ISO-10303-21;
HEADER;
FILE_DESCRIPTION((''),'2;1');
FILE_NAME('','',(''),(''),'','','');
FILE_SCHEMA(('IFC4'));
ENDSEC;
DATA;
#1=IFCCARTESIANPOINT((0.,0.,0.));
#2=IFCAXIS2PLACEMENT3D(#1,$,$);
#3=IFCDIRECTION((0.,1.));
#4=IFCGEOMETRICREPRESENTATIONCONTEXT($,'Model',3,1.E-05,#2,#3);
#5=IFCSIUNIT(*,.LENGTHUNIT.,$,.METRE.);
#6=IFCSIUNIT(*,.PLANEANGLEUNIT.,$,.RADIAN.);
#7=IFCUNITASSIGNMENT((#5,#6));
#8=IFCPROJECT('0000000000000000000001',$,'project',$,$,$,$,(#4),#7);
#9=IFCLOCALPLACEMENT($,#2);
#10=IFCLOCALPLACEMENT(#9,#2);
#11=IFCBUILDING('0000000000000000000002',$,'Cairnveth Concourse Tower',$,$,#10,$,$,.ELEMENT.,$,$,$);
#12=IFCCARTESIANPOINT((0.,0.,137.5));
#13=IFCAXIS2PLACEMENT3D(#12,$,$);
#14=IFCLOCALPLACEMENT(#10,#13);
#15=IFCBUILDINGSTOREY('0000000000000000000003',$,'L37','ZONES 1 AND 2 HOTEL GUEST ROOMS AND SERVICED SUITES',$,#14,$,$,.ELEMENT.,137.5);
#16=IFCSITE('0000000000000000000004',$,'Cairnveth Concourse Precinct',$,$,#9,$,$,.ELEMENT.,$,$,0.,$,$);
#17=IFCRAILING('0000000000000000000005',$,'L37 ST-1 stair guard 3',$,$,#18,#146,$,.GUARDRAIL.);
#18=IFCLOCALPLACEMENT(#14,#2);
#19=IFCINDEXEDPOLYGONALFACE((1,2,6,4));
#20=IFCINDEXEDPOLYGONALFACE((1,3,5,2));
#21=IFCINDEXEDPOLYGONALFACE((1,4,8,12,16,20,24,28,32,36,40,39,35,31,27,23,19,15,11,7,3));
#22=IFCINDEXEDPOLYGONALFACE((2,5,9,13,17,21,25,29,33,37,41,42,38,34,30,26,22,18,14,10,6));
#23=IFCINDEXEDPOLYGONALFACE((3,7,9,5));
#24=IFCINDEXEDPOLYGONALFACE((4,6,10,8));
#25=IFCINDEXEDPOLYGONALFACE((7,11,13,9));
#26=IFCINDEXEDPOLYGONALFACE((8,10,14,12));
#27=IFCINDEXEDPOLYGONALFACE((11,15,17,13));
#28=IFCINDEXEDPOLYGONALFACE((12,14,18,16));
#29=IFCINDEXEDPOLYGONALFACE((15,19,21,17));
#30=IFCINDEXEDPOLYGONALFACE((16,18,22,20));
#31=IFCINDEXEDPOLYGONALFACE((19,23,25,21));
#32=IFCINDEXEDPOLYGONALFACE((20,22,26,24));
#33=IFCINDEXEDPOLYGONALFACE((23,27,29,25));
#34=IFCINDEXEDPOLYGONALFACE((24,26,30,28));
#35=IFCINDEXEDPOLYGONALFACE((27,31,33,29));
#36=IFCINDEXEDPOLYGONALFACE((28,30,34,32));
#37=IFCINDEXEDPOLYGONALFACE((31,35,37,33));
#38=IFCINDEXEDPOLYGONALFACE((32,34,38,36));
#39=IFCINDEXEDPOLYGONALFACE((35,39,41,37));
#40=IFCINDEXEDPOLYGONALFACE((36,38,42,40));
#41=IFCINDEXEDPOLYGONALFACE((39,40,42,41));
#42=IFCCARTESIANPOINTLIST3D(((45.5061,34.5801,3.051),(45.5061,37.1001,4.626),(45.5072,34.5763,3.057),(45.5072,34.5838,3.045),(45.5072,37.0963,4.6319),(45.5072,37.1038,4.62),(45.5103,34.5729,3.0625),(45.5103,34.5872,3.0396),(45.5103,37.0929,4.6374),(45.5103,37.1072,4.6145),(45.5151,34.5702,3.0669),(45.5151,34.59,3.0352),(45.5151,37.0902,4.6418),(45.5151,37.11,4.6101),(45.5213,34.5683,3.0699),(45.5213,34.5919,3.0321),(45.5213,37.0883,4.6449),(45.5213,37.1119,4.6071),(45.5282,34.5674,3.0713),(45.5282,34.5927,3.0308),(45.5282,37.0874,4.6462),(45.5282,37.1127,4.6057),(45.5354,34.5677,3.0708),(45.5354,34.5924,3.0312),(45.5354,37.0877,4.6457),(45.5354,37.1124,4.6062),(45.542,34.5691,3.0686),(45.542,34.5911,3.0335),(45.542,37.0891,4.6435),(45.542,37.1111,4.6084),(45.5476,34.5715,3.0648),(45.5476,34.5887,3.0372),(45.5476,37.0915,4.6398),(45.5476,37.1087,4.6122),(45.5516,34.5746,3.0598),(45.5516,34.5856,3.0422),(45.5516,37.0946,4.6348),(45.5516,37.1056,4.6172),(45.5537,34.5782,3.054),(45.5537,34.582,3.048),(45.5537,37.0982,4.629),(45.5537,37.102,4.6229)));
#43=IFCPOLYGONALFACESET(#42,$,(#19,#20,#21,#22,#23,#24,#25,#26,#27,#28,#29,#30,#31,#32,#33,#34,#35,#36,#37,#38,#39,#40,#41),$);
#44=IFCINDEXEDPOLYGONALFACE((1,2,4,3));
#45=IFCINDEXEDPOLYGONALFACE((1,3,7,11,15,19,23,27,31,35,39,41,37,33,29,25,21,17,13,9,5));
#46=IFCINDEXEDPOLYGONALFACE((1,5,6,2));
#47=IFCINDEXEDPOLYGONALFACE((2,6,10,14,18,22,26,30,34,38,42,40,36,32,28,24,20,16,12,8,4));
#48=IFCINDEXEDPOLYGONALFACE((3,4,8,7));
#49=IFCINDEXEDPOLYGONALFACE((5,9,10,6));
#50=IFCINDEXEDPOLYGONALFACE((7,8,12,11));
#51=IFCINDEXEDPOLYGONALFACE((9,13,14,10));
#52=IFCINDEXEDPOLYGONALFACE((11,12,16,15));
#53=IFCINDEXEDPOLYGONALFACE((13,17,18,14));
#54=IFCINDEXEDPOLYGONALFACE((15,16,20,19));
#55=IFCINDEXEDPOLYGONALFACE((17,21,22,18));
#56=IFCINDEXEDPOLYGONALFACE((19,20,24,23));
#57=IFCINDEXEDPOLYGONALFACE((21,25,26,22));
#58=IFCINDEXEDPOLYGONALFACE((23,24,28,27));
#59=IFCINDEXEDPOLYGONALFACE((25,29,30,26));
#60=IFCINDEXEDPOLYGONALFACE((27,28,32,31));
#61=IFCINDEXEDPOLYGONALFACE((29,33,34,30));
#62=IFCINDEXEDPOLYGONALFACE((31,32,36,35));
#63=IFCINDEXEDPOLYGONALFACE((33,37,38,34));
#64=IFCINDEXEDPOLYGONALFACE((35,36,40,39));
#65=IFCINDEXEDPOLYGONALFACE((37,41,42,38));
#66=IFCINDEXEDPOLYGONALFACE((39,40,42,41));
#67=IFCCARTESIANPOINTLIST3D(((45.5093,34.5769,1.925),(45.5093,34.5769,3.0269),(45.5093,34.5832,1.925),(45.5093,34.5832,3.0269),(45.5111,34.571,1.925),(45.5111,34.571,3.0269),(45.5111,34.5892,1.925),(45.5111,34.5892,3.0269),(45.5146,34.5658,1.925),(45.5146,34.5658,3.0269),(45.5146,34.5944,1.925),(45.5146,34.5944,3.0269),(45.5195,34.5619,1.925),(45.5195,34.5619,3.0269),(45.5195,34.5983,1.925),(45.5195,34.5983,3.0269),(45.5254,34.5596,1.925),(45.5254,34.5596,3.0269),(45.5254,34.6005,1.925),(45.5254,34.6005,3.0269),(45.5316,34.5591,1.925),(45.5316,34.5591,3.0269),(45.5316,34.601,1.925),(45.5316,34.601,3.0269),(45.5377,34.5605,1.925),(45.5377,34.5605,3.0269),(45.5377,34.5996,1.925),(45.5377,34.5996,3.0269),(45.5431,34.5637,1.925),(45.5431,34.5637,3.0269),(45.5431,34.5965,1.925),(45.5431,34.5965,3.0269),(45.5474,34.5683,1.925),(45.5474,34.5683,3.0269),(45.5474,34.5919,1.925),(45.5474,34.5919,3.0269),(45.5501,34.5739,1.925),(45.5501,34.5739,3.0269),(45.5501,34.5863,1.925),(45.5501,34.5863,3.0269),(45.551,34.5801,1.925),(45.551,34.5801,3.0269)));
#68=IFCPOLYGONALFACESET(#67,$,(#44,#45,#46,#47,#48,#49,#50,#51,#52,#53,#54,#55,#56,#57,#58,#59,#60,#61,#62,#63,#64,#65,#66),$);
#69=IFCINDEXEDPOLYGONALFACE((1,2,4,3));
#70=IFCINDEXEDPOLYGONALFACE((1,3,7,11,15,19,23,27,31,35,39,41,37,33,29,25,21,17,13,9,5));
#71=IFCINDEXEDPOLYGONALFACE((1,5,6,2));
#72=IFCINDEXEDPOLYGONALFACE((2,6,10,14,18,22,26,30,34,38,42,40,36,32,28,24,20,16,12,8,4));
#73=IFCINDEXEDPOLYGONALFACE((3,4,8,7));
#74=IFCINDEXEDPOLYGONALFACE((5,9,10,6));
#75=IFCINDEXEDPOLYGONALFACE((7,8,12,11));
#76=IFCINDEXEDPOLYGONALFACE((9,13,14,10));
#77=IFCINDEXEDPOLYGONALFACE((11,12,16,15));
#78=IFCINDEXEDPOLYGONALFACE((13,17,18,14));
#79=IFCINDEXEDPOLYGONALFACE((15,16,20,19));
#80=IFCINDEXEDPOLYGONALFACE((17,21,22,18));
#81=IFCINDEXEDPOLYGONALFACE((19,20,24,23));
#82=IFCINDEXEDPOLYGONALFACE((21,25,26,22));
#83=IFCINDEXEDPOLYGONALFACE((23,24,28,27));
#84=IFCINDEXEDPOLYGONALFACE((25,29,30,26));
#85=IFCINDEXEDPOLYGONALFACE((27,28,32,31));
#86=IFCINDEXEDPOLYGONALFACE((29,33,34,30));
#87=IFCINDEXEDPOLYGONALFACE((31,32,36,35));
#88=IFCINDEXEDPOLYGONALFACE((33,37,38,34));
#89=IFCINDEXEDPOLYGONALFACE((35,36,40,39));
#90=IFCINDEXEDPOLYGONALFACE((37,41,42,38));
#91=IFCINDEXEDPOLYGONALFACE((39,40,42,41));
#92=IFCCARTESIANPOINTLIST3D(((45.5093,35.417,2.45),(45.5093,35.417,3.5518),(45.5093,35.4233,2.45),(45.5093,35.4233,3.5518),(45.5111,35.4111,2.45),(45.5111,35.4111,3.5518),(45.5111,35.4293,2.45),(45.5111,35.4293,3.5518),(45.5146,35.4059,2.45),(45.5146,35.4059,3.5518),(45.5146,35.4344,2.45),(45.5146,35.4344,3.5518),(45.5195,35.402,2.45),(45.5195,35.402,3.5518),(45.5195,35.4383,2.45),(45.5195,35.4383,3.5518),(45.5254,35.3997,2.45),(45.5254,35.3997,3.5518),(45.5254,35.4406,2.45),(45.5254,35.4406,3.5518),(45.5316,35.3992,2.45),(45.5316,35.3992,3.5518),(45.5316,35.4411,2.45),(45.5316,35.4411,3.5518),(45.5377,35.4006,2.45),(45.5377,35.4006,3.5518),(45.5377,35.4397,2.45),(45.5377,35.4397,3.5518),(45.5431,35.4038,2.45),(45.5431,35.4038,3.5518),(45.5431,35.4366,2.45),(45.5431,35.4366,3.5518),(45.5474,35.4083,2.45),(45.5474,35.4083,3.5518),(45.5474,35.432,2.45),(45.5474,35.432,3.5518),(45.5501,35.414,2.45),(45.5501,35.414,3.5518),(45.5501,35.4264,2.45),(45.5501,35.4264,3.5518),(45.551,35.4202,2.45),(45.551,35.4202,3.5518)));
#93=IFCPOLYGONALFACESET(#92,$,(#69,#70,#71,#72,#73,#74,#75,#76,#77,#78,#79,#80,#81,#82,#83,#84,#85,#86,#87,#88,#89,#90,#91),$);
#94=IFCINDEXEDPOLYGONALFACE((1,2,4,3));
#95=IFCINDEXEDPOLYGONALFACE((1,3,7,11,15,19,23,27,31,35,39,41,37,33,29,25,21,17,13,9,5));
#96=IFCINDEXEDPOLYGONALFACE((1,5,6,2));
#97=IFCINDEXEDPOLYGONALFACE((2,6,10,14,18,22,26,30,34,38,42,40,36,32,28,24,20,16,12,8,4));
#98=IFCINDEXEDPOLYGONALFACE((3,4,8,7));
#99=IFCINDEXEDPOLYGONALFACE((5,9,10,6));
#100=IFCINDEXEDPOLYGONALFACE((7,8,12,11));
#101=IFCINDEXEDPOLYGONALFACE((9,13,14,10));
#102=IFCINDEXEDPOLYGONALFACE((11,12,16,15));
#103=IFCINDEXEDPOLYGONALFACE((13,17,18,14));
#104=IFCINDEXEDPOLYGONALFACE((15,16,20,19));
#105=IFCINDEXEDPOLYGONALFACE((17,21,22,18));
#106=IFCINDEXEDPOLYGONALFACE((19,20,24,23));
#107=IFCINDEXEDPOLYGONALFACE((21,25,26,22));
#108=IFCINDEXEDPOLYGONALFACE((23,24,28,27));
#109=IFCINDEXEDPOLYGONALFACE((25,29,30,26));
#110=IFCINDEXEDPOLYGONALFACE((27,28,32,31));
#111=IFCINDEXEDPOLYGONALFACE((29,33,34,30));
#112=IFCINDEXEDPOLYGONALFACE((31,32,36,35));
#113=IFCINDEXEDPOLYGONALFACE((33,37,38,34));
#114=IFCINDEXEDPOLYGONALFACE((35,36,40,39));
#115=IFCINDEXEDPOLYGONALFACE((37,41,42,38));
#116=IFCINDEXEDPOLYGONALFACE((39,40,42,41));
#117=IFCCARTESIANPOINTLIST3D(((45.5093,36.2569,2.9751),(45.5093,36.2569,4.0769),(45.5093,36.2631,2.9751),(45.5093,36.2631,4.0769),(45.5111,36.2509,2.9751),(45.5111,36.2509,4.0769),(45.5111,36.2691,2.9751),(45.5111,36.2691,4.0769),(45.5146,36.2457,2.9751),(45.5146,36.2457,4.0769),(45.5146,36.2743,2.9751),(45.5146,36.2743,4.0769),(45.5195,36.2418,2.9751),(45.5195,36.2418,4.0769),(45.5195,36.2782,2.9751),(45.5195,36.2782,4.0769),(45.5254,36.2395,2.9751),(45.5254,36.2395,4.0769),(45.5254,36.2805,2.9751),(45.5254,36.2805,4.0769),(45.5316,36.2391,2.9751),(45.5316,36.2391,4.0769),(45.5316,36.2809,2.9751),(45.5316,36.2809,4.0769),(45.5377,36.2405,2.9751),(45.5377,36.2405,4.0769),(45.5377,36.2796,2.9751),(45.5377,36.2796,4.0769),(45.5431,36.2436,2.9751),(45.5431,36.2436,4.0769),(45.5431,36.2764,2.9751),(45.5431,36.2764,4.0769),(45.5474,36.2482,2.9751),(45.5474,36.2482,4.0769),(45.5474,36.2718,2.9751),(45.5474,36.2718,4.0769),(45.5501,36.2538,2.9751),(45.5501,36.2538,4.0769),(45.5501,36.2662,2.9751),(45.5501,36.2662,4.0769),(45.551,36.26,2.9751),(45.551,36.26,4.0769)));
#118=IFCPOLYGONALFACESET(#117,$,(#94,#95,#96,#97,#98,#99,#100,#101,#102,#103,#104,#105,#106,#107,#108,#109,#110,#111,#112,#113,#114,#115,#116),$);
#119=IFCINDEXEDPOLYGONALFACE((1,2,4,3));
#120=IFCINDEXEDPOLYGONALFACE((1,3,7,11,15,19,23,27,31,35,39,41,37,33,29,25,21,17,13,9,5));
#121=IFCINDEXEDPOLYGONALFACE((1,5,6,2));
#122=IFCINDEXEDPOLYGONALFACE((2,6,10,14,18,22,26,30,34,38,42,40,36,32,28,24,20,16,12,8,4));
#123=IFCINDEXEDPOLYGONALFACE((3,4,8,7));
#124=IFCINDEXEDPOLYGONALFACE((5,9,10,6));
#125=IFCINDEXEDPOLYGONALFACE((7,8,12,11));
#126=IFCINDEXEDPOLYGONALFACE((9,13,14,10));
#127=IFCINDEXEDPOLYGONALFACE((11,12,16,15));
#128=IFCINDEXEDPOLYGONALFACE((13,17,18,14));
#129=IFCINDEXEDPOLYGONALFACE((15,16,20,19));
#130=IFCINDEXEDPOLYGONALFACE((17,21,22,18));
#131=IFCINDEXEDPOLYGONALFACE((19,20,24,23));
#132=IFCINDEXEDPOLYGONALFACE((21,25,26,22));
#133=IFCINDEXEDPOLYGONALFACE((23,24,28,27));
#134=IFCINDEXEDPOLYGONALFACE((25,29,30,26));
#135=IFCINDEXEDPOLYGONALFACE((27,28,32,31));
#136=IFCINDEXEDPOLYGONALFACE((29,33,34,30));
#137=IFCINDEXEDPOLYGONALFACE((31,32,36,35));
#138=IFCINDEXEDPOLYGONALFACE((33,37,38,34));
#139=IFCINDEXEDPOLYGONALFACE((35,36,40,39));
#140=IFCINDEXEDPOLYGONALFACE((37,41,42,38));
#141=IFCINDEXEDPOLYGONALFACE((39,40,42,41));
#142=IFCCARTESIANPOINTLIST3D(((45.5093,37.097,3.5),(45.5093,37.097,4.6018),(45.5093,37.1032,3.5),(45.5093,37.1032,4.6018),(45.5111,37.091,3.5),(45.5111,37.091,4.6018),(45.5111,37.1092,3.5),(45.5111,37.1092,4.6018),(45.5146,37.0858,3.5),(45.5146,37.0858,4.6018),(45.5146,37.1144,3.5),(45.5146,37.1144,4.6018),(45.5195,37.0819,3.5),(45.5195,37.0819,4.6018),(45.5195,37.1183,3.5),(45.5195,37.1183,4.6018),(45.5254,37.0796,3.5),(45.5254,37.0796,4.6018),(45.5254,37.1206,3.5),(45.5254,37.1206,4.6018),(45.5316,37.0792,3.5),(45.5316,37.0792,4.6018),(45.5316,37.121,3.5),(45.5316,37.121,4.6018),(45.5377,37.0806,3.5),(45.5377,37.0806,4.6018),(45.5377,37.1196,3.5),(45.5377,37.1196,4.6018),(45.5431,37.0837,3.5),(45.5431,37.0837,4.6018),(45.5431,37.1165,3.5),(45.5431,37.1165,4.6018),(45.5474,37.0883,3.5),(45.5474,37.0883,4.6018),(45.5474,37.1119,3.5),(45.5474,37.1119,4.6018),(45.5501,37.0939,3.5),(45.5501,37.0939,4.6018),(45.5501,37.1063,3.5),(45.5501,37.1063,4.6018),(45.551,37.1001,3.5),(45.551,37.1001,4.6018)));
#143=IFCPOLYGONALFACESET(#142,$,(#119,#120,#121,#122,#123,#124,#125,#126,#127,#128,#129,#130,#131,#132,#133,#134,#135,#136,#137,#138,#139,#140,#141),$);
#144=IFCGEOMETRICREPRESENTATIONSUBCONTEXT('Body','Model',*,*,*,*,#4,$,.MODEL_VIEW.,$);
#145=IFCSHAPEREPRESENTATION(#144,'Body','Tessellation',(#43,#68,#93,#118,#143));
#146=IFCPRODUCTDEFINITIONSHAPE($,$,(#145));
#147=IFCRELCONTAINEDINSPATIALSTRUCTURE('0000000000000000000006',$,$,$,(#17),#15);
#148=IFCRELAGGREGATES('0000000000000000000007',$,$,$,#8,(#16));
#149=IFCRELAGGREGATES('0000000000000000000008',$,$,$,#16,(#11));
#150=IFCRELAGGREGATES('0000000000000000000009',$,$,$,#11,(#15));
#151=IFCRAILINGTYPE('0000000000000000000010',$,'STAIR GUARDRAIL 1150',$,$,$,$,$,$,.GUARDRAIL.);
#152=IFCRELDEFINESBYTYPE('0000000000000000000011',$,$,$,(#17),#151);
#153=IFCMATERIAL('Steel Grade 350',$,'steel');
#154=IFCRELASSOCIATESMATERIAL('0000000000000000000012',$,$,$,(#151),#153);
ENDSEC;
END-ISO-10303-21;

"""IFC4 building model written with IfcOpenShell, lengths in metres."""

from ifc_helpers import new_model, si_unit, direction, frame, origin, origin_2d, place, context, subcontext, project, spatial, circle, extrude, material, type_object, element, save


model = new_model("IFC4")

# Units and contexts
model_context = context("Model", 3, precision=1e-05, world=origin(), true_north=direction((0.0, 1.0)))
body_context = subcontext(model_context, "Body", "Model", "MODEL_VIEW")
ifc_project = project(units=[si_unit("LENGTHUNIT", "METRE"), si_unit("PLANEANGLEUNIT", "RADIAN")], contexts=[model_context])

# Site, building, storey
site_placement = place(None, origin())
site = spatial("IfcSite", under=ifc_project, at=site_placement, Name="Cairnveth Concourse Precinct", CompositionType="ELEMENT", RefElevation=0.0)
building_placement = place(site_placement, origin())
building = spatial("IfcBuilding", under=site, at=building_placement, Name="Cairnveth Concourse Tower", CompositionType="ELEMENT")
storey_placement = place(building_placement, frame((0.0, 0.0, 137.5)))
storey = spatial("IfcBuildingStorey", under=building, at=storey_placement, Name="L37", Description="ZONES 1 AND 2 HOTEL GUEST ROOMS AND SERVICED SUITES", CompositionType="ELEMENT", Elevation=137.5)

# Shared definitions
ifc_material_1 = material(Name="Steel Grade 350", Category="steel")

# Railing
railing_type_1 = type_object("IfcRailingType", Name="STAIR GUARDRAIL 1150", PredefinedType="GUARDRAIL", material=ifc_material_1)
railing_1_placement = place(storey_placement, frame((45.53, 34.5801, 1.925)))
element("IfcRailing", 1, at=railing_1_placement, inside=storey, type_object=railing_type_1, Name="L37 ST-1 stair guard 3", PredefinedType="GUARDRAIL", context=body_context, shape_type="SweptSolid", body=[
    extrude(circle(Radius=0.0239, at=origin_2d()), frame((0.0, 0.0, 1.126), z_axis=(0.0, 0.848008, 0.529984), x_axis=(-1.0, 0.0, 0.0)), (0.0, 0.0, 1.0), 2.9717),
    extrude(circle(Radius=0.021, at=origin_2d()), origin(), (0.0, 0.0, 1.0), 1.1018),
    extrude(circle(Radius=0.021, at=origin_2d()), frame((0.0, 0.8401, 0.5249)), (0.0, 0.0, 1.0), 1.1018),
    extrude(circle(Radius=0.021, at=origin_2d()), frame((0.0, 1.6799, 1.05)), (0.0, 0.0, 1.0), 1.1018),
    extrude(circle(Radius=0.021, at=origin_2d()), frame((0.0, 2.52, 1.575)), (0.0, 0.0, 1.0), 1.1018),
])

save(model, "model.ifc")
